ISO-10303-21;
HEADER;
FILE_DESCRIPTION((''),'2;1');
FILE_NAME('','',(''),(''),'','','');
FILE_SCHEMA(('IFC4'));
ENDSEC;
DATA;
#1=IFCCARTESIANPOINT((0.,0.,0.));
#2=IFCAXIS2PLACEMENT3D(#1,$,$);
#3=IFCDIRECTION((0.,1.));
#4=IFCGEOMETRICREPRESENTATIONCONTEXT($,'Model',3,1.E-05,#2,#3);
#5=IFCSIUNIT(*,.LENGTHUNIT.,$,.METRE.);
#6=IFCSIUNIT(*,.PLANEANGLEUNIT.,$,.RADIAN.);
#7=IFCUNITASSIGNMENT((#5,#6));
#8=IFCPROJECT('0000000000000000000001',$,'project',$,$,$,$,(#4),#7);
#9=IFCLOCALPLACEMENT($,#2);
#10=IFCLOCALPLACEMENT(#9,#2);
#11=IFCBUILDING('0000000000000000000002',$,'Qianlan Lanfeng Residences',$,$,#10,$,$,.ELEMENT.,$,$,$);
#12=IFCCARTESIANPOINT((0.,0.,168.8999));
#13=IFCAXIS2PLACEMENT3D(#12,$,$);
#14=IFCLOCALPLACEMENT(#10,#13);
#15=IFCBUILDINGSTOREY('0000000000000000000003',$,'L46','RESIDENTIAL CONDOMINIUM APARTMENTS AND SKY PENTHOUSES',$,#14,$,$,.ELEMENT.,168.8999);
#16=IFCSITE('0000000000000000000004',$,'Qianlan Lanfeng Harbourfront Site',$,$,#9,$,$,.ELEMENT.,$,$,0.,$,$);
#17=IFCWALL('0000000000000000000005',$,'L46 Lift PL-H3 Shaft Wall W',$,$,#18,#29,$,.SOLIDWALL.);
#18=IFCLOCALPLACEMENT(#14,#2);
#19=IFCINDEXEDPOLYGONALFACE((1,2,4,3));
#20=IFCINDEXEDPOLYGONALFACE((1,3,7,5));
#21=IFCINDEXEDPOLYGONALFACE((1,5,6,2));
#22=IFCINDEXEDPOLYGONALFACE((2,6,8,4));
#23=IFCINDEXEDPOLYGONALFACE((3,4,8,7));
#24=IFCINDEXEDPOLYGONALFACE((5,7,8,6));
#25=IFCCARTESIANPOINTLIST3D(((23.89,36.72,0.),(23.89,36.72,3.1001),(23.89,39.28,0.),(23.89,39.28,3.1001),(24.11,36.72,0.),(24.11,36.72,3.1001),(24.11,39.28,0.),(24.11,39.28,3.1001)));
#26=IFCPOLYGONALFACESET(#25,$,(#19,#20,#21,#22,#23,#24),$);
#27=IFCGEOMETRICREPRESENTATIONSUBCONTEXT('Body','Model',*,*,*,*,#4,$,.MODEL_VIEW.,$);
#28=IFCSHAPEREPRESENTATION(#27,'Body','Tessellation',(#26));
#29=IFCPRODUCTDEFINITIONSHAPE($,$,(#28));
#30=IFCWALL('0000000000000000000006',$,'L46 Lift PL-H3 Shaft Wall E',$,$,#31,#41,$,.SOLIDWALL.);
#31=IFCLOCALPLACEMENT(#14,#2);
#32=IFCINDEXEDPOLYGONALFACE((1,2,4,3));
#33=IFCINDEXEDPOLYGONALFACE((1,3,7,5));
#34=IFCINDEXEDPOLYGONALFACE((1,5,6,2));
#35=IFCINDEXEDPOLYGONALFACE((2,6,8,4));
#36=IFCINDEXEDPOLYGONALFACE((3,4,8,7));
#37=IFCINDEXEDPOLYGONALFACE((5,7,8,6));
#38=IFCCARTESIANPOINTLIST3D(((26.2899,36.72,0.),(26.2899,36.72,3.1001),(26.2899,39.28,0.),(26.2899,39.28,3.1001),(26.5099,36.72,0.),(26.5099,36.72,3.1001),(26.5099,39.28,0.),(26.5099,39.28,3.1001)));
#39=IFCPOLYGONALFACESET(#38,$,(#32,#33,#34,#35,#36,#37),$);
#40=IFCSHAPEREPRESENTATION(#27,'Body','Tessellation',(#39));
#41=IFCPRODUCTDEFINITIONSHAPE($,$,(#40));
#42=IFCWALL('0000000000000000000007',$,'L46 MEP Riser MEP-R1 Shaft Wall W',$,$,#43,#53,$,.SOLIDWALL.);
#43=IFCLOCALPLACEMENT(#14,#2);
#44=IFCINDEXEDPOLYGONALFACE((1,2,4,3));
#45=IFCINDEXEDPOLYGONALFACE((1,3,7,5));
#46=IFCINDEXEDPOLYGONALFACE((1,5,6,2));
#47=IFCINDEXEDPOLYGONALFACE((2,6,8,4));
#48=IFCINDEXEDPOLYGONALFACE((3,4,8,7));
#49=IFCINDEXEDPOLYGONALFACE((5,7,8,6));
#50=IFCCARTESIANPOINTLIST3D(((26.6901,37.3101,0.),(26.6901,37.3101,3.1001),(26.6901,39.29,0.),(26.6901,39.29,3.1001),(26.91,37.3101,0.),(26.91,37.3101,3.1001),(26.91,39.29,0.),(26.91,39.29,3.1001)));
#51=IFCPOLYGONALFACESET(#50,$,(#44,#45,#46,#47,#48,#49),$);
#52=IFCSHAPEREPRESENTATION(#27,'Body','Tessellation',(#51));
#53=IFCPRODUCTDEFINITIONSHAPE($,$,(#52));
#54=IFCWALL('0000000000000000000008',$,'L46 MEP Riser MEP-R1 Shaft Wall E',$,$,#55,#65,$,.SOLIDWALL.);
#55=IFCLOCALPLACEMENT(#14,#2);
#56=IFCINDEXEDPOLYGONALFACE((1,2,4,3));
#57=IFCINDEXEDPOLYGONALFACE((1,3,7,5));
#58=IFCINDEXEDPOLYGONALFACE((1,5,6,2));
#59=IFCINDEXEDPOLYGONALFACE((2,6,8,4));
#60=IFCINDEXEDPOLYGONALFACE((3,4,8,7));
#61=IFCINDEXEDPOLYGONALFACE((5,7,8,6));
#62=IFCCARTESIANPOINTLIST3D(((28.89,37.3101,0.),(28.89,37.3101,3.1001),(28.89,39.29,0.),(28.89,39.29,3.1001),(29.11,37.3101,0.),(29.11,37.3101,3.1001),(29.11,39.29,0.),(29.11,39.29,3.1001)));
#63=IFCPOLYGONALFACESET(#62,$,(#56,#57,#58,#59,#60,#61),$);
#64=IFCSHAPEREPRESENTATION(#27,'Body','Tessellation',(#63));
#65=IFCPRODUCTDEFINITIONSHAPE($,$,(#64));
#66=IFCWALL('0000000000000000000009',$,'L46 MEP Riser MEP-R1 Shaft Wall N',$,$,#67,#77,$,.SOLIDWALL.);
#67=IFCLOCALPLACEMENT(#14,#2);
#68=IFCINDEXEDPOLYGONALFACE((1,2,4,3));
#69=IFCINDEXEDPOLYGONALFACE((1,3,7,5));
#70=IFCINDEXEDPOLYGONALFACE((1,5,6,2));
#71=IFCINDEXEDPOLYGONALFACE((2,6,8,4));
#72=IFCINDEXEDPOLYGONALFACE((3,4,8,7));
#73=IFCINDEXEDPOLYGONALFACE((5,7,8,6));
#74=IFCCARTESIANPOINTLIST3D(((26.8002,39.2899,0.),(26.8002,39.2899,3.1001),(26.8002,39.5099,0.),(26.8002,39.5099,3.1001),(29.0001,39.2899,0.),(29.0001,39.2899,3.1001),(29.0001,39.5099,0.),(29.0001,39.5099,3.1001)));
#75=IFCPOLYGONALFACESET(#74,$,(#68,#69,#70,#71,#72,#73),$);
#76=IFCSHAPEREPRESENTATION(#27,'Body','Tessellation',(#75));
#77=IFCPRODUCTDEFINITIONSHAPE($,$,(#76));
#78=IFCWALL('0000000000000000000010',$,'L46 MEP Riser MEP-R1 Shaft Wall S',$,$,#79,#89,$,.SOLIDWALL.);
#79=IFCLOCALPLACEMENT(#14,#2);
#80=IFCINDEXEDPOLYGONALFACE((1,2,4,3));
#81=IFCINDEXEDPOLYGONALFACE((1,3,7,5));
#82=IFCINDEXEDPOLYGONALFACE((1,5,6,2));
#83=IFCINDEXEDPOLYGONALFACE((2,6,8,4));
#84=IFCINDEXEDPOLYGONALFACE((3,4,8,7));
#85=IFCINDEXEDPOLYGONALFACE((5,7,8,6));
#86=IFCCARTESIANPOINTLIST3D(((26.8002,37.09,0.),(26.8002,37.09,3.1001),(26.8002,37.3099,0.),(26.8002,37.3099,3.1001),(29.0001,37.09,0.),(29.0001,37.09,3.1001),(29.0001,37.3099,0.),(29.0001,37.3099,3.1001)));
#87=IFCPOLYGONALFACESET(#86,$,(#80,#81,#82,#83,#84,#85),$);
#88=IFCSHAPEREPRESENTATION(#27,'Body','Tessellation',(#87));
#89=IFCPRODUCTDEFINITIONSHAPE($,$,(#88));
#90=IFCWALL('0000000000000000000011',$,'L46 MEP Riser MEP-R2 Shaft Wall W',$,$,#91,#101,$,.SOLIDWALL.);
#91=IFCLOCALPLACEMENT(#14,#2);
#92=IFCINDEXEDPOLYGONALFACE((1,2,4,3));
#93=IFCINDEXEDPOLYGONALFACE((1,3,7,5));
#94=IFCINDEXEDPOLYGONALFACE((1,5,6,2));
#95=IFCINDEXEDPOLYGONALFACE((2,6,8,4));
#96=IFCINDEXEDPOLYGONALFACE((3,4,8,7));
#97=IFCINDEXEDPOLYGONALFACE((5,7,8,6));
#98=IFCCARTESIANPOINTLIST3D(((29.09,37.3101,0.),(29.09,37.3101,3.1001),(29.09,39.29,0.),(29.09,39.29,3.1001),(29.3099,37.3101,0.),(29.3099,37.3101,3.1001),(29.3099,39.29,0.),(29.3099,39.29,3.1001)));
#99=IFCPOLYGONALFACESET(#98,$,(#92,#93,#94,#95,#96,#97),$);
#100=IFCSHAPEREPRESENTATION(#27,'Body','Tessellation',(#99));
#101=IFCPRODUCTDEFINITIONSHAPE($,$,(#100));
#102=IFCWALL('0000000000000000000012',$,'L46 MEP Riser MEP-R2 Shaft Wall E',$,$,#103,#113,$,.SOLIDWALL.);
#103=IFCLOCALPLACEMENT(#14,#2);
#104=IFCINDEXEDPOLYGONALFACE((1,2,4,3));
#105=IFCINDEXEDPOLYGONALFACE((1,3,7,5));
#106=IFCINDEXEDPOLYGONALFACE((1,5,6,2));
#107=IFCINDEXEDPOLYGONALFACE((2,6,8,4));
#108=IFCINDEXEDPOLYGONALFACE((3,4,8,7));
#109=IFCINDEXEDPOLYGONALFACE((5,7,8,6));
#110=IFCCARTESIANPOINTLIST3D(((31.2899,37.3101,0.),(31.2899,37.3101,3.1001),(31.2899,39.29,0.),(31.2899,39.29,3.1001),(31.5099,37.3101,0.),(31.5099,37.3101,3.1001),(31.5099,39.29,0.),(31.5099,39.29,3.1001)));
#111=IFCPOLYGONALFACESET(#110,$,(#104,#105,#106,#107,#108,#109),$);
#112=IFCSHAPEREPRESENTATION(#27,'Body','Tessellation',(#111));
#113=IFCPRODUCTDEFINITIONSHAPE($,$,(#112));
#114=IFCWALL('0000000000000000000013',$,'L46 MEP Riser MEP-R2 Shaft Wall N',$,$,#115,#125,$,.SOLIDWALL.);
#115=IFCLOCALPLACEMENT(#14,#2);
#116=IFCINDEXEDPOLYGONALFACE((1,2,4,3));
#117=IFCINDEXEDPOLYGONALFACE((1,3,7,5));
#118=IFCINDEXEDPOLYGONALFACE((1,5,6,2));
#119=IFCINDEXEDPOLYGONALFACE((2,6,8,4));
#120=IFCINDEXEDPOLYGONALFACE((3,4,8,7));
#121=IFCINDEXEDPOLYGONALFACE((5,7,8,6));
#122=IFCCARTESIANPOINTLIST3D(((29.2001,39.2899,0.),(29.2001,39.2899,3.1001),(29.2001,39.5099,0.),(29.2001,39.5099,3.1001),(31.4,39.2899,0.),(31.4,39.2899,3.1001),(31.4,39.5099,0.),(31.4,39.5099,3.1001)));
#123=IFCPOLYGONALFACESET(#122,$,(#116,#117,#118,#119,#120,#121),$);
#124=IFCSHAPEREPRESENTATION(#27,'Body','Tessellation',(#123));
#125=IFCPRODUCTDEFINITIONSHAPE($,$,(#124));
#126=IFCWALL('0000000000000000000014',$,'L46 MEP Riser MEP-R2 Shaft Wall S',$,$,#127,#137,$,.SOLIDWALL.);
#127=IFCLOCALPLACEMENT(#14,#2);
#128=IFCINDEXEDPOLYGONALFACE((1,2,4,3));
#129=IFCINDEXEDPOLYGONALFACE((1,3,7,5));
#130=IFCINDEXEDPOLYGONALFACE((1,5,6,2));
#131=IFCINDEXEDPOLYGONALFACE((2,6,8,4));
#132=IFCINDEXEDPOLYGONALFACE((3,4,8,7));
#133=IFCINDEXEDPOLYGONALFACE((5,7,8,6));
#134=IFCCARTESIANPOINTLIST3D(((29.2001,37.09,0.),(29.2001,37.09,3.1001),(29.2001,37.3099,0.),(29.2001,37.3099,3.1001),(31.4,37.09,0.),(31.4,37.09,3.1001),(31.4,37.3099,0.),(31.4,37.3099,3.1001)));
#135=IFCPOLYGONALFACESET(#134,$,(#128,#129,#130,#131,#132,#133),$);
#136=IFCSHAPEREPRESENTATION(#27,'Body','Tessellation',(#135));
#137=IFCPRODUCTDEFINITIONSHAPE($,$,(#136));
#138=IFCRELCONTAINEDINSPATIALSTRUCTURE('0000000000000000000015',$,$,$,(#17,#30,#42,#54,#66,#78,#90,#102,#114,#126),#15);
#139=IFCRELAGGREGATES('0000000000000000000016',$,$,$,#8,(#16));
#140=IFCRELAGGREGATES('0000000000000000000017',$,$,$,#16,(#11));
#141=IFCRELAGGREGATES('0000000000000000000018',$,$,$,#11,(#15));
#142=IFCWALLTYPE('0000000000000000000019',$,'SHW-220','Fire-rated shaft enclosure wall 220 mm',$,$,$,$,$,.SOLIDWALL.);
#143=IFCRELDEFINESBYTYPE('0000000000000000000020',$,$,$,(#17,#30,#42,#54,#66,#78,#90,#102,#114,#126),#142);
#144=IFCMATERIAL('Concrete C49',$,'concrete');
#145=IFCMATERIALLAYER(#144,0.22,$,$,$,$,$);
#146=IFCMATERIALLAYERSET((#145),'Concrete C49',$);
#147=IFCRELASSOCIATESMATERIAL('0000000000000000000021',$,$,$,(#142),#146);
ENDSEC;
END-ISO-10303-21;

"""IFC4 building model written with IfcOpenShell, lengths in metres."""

from ifc_helpers import new_model, si_unit, direction, frame, frame_2d, origin, place, context, subcontext, project, spatial, rectangle, extrude, material, layer, layer_set, type_object, element, save


model = new_model("IFC4")

# Units and contexts
model_context = context("Model", 3, precision=1e-05, world=origin(), true_north=direction((0.0, 1.0)))
body_context = subcontext(model_context, "Body", "Model", "MODEL_VIEW")
ifc_project = project(units=[si_unit("LENGTHUNIT", "METRE"), si_unit("PLANEANGLEUNIT", "RADIAN")], contexts=[model_context])

# Site, building, storey
site_placement = place(None, origin())
site = spatial("IfcSite", under=ifc_project, at=site_placement, Name="Qianlan Lanfeng Harbourfront Site", CompositionType="ELEMENT", RefElevation=0.0)
building_placement = place(site_placement, origin())
building = spatial("IfcBuilding", under=site, at=building_placement, Name="Qianlan Lanfeng Residences", CompositionType="ELEMENT")
storey_placement = place(building_placement, frame((0.0, 0.0, 168.8999)))
storey = spatial("IfcBuildingStorey", under=building, at=storey_placement, Name="L46", Description="RESIDENTIAL CONDOMINIUM APARTMENTS AND SKY PENTHOUSES", CompositionType="ELEMENT", Elevation=168.8999)

# Walls
ifc_material_1 = material(Name="Concrete C49", Category="concrete")
ifc_layer_1 = layer(ifc_material_1, 0.22)
ifc_layer_set_1 = layer_set([ifc_layer_1], Name="Concrete C49")
wall_type_1 = type_object("IfcWallType", Name="SHW-220", Description="Fire-rated shaft enclosure wall 220 mm", PredefinedType="SOLIDWALL", material=ifc_layer_set_1)
for number, where, z_axis, x_axis, name in (
    (1, (24.0, 36.72, 0.0), (0.0, 0.0, 1.0), (0.0, 1.0, 0.0), "L46 Lift PL-H3 Shaft Wall W"),
    (2, (26.3999, 36.72, 0.0), (0.0, 0.0, 1.0), (0.0, 1.0, 0.0), "L46 Lift PL-H3 Shaft Wall E"),
):
    element("IfcWall", number, at=place(storey_placement, frame(where, z_axis=z_axis, x_axis=x_axis)), inside=storey, type_object=wall_type_1, Name=name, PredefinedType="SOLIDWALL", context=body_context, shape_type="SweptSolid", body=[
        extrude(rectangle(XDim=2.5601, YDim=0.22, at=frame_2d((1.28, 0.0))), origin(), (0.0, 0.0, 1.0), 3.1001),
    ])
for number, where, z_axis, x_axis, name in (
    (3, (26.8, 37.3101, 0.0), (0.0, 0.0, 1.0), (0.0, 1.0, 0.0), "L46 MEP Riser MEP-R1 Shaft Wall W"),
    (4, (29.0, 37.3101, 0.0), (0.0, 0.0, 1.0), (0.0, 1.0, 0.0), "L46 MEP Riser MEP-R1 Shaft Wall E"),
):
    element("IfcWall", number, at=place(storey_placement, frame(where, z_axis=z_axis, x_axis=x_axis)), inside=storey, type_object=wall_type_1, Name=name, PredefinedType="SOLIDWALL", context=body_context, shape_type="SweptSolid", body=[
        extrude(rectangle(XDim=1.98, YDim=0.22, at=frame_2d((0.99, 0.0))), origin(), (0.0, 0.0, 1.0), 3.1001),
    ])
for number, where, z_axis, x_axis, name in (
    (5, (26.8, 39.3999, 0.0), (0.0, 0.0, 1.0), (1.0, 0.0, 0.0), "L46 MEP Riser MEP-R1 Shaft Wall N"),
    (6, (26.8, 37.2, 0.0), (0.0, 0.0, 1.0), (1.0, 0.0, 0.0), "L46 MEP Riser MEP-R1 Shaft Wall S"),
):
    element("IfcWall", number, at=place(storey_placement, frame(where, z_axis=z_axis, x_axis=x_axis)), inside=storey, type_object=wall_type_1, Name=name, PredefinedType="SOLIDWALL", context=body_context, shape_type="SweptSolid", body=[
        extrude(rectangle(XDim=2.2, YDim=0.22, at=frame_2d((1.1001, 0.0))), origin(), (0.0, 0.0, 1.0), 3.1001),
    ])
for number, where, z_axis, x_axis, name in (
    (7, (29.2, 37.3101, 0.0), (0.0, 0.0, 1.0), (0.0, 1.0, 0.0), "L46 MEP Riser MEP-R2 Shaft Wall W"),
    (8, (31.3999, 37.3101, 0.0), (0.0, 0.0, 1.0), (0.0, 1.0, 0.0), "L46 MEP Riser MEP-R2 Shaft Wall E"),
):
    element("IfcWall", number, at=place(storey_placement, frame(where, z_axis=z_axis, x_axis=x_axis)), inside=storey, type_object=wall_type_1, Name=name, PredefinedType="SOLIDWALL", context=body_context, shape_type="SweptSolid", body=[
        extrude(rectangle(XDim=1.98, YDim=0.22, at=frame_2d((0.99, 0.0))), origin(), (0.0, 0.0, 1.0), 3.1001),
    ])
for number, where, z_axis, x_axis, name in (
    (9, (29.2, 39.3999, 0.0), (0.0, 0.0, 1.0), (1.0, 0.0, 0.0), "L46 MEP Riser MEP-R2 Shaft Wall N"),
    (10, (29.2, 37.2, 0.0), (0.0, 0.0, 1.0), (1.0, 0.0, 0.0), "L46 MEP Riser MEP-R2 Shaft Wall S"),
):
    element("IfcWall", number, at=place(storey_placement, frame(where, z_axis=z_axis, x_axis=x_axis)), inside=storey, type_object=wall_type_1, Name=name, PredefinedType="SOLIDWALL", context=body_context, shape_type="SweptSolid", body=[
        extrude(rectangle(XDim=2.2, YDim=0.22, at=frame_2d((1.1001, 0.0))), origin(), (0.0, 0.0, 1.0), 3.1001),
    ])

save(model, "model.ifc")
